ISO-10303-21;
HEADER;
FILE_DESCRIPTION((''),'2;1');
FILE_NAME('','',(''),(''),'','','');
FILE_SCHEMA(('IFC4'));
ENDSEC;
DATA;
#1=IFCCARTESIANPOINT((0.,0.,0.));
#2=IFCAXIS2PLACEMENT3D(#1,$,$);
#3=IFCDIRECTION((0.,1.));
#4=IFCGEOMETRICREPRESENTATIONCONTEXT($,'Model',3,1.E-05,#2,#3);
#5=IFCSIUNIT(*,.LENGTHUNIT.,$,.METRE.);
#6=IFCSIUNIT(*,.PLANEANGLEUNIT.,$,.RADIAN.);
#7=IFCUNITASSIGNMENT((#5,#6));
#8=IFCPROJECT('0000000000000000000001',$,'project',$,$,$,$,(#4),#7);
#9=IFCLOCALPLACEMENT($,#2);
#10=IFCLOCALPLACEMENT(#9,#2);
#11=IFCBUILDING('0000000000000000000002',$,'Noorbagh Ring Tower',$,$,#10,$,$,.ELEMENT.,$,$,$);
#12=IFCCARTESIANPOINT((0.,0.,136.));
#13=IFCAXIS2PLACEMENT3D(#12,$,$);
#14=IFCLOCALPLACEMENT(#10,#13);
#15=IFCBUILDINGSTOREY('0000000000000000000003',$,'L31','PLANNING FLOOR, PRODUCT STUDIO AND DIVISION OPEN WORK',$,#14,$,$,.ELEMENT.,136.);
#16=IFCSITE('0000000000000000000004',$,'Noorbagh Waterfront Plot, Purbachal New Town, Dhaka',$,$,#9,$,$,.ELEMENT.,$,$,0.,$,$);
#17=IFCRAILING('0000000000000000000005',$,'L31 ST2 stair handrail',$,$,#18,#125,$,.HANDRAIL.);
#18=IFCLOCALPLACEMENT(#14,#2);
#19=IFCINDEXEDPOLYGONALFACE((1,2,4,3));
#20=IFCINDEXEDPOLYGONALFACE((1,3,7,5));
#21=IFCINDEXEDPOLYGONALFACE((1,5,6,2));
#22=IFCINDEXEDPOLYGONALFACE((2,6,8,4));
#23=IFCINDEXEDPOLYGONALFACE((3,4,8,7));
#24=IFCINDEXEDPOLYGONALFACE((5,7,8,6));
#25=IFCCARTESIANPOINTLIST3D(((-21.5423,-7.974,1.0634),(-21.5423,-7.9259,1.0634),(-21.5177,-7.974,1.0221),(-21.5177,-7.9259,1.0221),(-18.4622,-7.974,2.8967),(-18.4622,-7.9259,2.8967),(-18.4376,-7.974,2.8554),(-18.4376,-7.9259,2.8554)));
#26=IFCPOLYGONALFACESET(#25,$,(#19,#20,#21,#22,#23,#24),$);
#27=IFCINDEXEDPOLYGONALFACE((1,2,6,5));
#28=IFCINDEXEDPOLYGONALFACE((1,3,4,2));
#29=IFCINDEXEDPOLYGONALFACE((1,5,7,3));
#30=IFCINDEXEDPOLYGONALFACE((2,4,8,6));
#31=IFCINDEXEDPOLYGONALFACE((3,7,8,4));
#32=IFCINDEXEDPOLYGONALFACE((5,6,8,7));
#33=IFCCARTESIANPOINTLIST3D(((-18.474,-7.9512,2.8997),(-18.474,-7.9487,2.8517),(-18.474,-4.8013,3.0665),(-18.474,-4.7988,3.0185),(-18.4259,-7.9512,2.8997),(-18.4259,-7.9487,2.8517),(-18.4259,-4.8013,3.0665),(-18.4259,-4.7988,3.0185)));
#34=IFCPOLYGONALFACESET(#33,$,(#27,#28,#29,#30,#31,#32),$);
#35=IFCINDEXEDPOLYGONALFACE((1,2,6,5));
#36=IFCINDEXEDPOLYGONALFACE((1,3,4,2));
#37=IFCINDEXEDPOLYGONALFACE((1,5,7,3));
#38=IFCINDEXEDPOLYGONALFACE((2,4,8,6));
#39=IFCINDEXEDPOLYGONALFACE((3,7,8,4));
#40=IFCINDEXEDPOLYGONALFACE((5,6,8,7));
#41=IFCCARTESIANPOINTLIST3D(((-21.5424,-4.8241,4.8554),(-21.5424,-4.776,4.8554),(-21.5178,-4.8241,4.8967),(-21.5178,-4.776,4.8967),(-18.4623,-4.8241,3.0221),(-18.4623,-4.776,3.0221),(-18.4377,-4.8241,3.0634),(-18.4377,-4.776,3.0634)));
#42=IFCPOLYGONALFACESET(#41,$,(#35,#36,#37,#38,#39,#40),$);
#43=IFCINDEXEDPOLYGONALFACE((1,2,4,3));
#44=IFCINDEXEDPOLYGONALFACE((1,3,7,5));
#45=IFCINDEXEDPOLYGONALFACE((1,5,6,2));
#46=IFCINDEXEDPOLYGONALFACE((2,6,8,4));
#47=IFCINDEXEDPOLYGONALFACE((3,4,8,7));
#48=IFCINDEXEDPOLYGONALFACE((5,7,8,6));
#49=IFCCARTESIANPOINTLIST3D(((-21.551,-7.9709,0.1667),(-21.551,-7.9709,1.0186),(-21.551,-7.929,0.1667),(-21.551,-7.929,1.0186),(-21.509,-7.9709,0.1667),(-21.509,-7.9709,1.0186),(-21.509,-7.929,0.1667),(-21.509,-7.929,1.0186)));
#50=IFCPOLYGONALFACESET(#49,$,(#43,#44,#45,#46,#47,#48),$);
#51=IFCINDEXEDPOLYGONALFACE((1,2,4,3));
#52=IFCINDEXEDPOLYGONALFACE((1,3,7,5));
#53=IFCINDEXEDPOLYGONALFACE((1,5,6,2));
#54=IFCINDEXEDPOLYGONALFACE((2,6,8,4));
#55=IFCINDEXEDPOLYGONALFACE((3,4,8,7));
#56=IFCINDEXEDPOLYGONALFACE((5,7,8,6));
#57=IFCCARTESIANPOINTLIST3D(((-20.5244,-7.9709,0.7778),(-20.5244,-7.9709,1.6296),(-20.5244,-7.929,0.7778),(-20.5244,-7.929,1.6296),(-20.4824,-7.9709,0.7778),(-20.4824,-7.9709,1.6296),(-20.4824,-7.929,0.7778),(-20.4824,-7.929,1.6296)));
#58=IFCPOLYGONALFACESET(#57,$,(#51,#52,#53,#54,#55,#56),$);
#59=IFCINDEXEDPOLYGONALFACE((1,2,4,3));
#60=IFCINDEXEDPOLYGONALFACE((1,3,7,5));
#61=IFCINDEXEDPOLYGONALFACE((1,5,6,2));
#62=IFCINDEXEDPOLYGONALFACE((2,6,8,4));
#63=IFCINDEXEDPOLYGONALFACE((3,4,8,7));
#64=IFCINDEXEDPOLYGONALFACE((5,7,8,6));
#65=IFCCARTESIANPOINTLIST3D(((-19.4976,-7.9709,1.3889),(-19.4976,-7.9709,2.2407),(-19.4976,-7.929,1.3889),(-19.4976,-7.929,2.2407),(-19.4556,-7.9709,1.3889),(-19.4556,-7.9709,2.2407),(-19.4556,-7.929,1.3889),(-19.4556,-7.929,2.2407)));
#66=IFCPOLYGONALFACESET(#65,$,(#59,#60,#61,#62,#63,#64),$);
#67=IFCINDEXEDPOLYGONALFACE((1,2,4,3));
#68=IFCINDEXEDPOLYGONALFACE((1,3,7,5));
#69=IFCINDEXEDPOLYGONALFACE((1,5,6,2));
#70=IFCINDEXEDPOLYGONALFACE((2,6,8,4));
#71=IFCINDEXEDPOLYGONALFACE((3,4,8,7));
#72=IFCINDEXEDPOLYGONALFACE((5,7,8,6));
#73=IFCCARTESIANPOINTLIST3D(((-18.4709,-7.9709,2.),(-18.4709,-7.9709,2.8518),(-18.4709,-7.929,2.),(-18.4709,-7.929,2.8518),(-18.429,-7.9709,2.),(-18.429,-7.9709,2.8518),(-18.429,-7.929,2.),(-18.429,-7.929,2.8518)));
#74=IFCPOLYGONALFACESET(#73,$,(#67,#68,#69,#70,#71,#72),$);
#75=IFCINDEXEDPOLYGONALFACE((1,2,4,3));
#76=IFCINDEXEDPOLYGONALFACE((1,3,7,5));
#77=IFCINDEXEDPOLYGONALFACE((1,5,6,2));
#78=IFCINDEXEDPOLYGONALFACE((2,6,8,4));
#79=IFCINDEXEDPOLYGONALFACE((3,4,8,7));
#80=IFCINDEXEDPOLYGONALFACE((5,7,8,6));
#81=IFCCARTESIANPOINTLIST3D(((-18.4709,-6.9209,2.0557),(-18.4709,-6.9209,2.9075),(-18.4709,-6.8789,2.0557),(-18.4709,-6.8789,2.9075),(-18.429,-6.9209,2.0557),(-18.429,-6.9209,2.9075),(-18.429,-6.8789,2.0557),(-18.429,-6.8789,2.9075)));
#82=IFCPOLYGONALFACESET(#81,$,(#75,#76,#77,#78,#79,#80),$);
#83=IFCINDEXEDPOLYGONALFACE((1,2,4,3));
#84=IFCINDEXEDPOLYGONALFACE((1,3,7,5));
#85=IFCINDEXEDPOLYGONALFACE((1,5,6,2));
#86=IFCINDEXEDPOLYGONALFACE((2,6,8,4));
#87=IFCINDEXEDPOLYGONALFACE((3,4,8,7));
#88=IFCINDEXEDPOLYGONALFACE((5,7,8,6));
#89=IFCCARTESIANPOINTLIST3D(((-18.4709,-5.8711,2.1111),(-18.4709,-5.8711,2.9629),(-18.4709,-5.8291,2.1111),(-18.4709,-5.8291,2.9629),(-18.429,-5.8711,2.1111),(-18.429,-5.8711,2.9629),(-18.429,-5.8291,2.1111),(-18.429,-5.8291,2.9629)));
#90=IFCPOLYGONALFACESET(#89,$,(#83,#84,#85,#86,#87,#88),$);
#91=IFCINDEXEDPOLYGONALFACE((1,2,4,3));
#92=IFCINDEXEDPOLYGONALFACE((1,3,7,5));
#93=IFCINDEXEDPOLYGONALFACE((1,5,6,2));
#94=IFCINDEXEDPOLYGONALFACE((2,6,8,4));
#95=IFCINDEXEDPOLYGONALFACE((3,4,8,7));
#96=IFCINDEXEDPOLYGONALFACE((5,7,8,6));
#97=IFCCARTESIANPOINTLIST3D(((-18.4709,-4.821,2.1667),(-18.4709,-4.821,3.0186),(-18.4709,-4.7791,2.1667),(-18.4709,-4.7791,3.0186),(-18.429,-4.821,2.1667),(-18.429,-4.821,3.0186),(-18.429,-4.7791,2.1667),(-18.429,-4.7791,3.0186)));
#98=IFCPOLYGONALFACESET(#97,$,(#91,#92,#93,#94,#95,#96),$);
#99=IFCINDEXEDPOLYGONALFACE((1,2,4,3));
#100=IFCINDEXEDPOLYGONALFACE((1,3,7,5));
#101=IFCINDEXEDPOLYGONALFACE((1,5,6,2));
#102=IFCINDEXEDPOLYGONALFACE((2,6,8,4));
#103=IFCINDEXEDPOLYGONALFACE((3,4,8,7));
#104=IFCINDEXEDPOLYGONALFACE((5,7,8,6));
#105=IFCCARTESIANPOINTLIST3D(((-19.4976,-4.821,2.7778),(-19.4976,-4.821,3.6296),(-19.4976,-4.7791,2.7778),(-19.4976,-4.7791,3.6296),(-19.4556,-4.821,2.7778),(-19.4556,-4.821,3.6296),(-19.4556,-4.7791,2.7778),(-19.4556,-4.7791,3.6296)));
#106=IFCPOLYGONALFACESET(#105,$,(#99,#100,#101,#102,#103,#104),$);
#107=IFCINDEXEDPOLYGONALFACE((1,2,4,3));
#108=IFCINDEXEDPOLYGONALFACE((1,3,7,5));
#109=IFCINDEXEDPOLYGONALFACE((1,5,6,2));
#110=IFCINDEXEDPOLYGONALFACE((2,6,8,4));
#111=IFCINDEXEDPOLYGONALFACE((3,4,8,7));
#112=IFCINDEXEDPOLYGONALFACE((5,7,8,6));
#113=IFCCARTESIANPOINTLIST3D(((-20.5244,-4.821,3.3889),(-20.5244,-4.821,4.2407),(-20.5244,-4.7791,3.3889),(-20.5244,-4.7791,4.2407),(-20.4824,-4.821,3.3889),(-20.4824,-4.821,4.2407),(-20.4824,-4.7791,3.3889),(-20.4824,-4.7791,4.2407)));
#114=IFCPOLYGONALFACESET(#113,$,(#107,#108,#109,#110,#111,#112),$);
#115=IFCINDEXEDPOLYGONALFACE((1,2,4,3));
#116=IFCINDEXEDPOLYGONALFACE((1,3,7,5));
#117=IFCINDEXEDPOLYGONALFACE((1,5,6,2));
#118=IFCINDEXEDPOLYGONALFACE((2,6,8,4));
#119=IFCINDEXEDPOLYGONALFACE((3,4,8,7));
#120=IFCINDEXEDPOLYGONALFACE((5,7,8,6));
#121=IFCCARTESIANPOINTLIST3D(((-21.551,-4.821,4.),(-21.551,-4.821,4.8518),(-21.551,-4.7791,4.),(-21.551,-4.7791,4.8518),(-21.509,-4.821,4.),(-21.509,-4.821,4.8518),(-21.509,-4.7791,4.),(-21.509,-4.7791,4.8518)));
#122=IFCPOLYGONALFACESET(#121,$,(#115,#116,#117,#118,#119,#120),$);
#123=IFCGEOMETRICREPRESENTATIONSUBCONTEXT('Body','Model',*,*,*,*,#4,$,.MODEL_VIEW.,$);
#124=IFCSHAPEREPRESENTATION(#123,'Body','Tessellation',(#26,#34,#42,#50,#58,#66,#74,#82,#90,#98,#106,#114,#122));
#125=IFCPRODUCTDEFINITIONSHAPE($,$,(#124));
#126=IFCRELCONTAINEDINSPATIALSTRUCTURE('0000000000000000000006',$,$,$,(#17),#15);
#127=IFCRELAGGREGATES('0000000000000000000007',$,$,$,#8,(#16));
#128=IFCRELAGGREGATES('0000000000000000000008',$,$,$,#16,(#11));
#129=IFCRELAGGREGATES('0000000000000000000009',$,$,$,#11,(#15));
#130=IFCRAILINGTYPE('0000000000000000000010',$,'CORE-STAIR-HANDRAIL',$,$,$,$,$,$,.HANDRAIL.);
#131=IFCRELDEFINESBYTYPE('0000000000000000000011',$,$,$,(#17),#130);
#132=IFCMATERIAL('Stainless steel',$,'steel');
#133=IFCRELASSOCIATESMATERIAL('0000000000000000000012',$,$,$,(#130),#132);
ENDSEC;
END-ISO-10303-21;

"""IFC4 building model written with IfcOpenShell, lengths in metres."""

from ifc_helpers import new_model, si_unit, direction, frame, origin, origin_2d, place, context, subcontext, project, spatial, rectangle, extrude, material, type_object, element, save


model = new_model("IFC4")

# Units and contexts
model_context = context("Model", 3, precision=1e-05, world=origin(), true_north=direction((0.0, 1.0)))
body_context = subcontext(model_context, "Body", "Model", "MODEL_VIEW")
ifc_project = project(units=[si_unit("LENGTHUNIT", "METRE"), si_unit("PLANEANGLEUNIT", "RADIAN")], contexts=[model_context])

# Site, building, storey
site_placement = place(None, origin())
site = spatial("IfcSite", under=ifc_project, at=site_placement, Name="Noorbagh Waterfront Plot, Purbachal New Town, Dhaka", CompositionType="ELEMENT", RefElevation=0.0)
building_placement = place(site_placement, origin())
building = spatial("IfcBuilding", under=site, at=building_placement, Name="Noorbagh Ring Tower", CompositionType="ELEMENT")
storey_placement = place(building_placement, frame((0.0, 0.0, 136.0)))
storey = spatial("IfcBuildingStorey", under=building, at=storey_placement, Name="L31", Description="PLANNING FLOOR, PRODUCT STUDIO AND DIVISION OPEN WORK", CompositionType="ELEMENT", Elevation=136.0)

# Railing
ifc_material_1 = material(Name="Stainless steel", Category="steel")
railing_type_1 = type_object("IfcRailingType", Name="CORE-STAIR-HANDRAIL", PredefinedType="HANDRAIL", material=ifc_material_1)
railing_1_placement = place(storey_placement, frame((-21.53, -7.95, 0.1667)))
element("IfcRailing", 1, at=railing_1_placement, inside=storey, type_object=railing_type_1, Name="L31 ST2 stair handrail", PredefinedType="HANDRAIL", context=body_context, shape_type="SweptSolid", body=[
    extrude(rectangle(XDim=0.0481, YDim=0.0481, at=origin_2d()), frame((0.0, 0.0, 0.876), z_axis=(0.859309, 0.0, 0.511458), x_axis=(0.0, 1.0, 0.0)), (0.0, 0.0, 1.0), 3.5845),
    extrude(rectangle(XDim=0.0481, YDim=0.0481, at=origin_2d()), frame((3.0801, 0.0, 2.709), z_axis=(0.0, 0.998602, 0.052864), x_axis=(-1.0, 0.0, 0.0)), (0.0, 0.0, 1.0), 3.1543),
    extrude(rectangle(XDim=0.0481, YDim=0.0481, at=origin_2d()), frame((3.0801, 3.1499, 2.876), z_axis=(-0.859309, 0.0, 0.511458), x_axis=(0.0, -1.0, 0.0)), (0.0, 0.0, 1.0), 3.5845),
    extrude(rectangle(XDim=0.042, YDim=0.042, at=origin_2d()), origin(), (0.0, 0.0, 1.0), 0.8518),
    extrude(rectangle(XDim=0.042, YDim=0.042, at=origin_2d()), frame((1.0266, 0.0, 0.6111)), (0.0, 0.0, 1.0), 0.8518),
    extrude(rectangle(XDim=0.042, YDim=0.042, at=origin_2d()), frame((2.0535, 0.0, 1.2222)), (0.0, 0.0, 1.0), 0.8518),
    extrude(rectangle(XDim=0.042, YDim=0.042, at=origin_2d()), frame((3.0801, 0.0, 1.8333)), (0.0, 0.0, 1.0), 0.8518),
    extrude(rectangle(XDim=0.042, YDim=0.042, at=origin_2d()), frame((3.0801, 1.05, 1.8889)), (0.0, 0.0, 1.0), 0.8518),
    extrude(rectangle(XDim=0.042, YDim=0.042, at=origin_2d()), frame((3.0801, 2.0999, 1.9443)), (0.0, 0.0, 1.0), 0.8518),
    extrude(rectangle(XDim=0.042, YDim=0.042, at=origin_2d()), frame((3.0801, 3.1499, 2.0)), (0.0, 0.0, 1.0), 0.8518),
    extrude(rectangle(XDim=0.042, YDim=0.042, at=origin_2d()), frame((2.0535, 3.1499, 2.6111)), (0.0, 0.0, 1.0), 0.8518),
    extrude(rectangle(XDim=0.042, YDim=0.042, at=origin_2d()), frame((1.0266, 3.1499, 3.2222)), (0.0, 0.0, 1.0), 0.8518),
    extrude(rectangle(XDim=0.042, YDim=0.042, at=origin_2d()), frame((0.0, 3.1499, 3.8333)), (0.0, 0.0, 1.0), 0.8518),
])

save(model, "model.ifc")
